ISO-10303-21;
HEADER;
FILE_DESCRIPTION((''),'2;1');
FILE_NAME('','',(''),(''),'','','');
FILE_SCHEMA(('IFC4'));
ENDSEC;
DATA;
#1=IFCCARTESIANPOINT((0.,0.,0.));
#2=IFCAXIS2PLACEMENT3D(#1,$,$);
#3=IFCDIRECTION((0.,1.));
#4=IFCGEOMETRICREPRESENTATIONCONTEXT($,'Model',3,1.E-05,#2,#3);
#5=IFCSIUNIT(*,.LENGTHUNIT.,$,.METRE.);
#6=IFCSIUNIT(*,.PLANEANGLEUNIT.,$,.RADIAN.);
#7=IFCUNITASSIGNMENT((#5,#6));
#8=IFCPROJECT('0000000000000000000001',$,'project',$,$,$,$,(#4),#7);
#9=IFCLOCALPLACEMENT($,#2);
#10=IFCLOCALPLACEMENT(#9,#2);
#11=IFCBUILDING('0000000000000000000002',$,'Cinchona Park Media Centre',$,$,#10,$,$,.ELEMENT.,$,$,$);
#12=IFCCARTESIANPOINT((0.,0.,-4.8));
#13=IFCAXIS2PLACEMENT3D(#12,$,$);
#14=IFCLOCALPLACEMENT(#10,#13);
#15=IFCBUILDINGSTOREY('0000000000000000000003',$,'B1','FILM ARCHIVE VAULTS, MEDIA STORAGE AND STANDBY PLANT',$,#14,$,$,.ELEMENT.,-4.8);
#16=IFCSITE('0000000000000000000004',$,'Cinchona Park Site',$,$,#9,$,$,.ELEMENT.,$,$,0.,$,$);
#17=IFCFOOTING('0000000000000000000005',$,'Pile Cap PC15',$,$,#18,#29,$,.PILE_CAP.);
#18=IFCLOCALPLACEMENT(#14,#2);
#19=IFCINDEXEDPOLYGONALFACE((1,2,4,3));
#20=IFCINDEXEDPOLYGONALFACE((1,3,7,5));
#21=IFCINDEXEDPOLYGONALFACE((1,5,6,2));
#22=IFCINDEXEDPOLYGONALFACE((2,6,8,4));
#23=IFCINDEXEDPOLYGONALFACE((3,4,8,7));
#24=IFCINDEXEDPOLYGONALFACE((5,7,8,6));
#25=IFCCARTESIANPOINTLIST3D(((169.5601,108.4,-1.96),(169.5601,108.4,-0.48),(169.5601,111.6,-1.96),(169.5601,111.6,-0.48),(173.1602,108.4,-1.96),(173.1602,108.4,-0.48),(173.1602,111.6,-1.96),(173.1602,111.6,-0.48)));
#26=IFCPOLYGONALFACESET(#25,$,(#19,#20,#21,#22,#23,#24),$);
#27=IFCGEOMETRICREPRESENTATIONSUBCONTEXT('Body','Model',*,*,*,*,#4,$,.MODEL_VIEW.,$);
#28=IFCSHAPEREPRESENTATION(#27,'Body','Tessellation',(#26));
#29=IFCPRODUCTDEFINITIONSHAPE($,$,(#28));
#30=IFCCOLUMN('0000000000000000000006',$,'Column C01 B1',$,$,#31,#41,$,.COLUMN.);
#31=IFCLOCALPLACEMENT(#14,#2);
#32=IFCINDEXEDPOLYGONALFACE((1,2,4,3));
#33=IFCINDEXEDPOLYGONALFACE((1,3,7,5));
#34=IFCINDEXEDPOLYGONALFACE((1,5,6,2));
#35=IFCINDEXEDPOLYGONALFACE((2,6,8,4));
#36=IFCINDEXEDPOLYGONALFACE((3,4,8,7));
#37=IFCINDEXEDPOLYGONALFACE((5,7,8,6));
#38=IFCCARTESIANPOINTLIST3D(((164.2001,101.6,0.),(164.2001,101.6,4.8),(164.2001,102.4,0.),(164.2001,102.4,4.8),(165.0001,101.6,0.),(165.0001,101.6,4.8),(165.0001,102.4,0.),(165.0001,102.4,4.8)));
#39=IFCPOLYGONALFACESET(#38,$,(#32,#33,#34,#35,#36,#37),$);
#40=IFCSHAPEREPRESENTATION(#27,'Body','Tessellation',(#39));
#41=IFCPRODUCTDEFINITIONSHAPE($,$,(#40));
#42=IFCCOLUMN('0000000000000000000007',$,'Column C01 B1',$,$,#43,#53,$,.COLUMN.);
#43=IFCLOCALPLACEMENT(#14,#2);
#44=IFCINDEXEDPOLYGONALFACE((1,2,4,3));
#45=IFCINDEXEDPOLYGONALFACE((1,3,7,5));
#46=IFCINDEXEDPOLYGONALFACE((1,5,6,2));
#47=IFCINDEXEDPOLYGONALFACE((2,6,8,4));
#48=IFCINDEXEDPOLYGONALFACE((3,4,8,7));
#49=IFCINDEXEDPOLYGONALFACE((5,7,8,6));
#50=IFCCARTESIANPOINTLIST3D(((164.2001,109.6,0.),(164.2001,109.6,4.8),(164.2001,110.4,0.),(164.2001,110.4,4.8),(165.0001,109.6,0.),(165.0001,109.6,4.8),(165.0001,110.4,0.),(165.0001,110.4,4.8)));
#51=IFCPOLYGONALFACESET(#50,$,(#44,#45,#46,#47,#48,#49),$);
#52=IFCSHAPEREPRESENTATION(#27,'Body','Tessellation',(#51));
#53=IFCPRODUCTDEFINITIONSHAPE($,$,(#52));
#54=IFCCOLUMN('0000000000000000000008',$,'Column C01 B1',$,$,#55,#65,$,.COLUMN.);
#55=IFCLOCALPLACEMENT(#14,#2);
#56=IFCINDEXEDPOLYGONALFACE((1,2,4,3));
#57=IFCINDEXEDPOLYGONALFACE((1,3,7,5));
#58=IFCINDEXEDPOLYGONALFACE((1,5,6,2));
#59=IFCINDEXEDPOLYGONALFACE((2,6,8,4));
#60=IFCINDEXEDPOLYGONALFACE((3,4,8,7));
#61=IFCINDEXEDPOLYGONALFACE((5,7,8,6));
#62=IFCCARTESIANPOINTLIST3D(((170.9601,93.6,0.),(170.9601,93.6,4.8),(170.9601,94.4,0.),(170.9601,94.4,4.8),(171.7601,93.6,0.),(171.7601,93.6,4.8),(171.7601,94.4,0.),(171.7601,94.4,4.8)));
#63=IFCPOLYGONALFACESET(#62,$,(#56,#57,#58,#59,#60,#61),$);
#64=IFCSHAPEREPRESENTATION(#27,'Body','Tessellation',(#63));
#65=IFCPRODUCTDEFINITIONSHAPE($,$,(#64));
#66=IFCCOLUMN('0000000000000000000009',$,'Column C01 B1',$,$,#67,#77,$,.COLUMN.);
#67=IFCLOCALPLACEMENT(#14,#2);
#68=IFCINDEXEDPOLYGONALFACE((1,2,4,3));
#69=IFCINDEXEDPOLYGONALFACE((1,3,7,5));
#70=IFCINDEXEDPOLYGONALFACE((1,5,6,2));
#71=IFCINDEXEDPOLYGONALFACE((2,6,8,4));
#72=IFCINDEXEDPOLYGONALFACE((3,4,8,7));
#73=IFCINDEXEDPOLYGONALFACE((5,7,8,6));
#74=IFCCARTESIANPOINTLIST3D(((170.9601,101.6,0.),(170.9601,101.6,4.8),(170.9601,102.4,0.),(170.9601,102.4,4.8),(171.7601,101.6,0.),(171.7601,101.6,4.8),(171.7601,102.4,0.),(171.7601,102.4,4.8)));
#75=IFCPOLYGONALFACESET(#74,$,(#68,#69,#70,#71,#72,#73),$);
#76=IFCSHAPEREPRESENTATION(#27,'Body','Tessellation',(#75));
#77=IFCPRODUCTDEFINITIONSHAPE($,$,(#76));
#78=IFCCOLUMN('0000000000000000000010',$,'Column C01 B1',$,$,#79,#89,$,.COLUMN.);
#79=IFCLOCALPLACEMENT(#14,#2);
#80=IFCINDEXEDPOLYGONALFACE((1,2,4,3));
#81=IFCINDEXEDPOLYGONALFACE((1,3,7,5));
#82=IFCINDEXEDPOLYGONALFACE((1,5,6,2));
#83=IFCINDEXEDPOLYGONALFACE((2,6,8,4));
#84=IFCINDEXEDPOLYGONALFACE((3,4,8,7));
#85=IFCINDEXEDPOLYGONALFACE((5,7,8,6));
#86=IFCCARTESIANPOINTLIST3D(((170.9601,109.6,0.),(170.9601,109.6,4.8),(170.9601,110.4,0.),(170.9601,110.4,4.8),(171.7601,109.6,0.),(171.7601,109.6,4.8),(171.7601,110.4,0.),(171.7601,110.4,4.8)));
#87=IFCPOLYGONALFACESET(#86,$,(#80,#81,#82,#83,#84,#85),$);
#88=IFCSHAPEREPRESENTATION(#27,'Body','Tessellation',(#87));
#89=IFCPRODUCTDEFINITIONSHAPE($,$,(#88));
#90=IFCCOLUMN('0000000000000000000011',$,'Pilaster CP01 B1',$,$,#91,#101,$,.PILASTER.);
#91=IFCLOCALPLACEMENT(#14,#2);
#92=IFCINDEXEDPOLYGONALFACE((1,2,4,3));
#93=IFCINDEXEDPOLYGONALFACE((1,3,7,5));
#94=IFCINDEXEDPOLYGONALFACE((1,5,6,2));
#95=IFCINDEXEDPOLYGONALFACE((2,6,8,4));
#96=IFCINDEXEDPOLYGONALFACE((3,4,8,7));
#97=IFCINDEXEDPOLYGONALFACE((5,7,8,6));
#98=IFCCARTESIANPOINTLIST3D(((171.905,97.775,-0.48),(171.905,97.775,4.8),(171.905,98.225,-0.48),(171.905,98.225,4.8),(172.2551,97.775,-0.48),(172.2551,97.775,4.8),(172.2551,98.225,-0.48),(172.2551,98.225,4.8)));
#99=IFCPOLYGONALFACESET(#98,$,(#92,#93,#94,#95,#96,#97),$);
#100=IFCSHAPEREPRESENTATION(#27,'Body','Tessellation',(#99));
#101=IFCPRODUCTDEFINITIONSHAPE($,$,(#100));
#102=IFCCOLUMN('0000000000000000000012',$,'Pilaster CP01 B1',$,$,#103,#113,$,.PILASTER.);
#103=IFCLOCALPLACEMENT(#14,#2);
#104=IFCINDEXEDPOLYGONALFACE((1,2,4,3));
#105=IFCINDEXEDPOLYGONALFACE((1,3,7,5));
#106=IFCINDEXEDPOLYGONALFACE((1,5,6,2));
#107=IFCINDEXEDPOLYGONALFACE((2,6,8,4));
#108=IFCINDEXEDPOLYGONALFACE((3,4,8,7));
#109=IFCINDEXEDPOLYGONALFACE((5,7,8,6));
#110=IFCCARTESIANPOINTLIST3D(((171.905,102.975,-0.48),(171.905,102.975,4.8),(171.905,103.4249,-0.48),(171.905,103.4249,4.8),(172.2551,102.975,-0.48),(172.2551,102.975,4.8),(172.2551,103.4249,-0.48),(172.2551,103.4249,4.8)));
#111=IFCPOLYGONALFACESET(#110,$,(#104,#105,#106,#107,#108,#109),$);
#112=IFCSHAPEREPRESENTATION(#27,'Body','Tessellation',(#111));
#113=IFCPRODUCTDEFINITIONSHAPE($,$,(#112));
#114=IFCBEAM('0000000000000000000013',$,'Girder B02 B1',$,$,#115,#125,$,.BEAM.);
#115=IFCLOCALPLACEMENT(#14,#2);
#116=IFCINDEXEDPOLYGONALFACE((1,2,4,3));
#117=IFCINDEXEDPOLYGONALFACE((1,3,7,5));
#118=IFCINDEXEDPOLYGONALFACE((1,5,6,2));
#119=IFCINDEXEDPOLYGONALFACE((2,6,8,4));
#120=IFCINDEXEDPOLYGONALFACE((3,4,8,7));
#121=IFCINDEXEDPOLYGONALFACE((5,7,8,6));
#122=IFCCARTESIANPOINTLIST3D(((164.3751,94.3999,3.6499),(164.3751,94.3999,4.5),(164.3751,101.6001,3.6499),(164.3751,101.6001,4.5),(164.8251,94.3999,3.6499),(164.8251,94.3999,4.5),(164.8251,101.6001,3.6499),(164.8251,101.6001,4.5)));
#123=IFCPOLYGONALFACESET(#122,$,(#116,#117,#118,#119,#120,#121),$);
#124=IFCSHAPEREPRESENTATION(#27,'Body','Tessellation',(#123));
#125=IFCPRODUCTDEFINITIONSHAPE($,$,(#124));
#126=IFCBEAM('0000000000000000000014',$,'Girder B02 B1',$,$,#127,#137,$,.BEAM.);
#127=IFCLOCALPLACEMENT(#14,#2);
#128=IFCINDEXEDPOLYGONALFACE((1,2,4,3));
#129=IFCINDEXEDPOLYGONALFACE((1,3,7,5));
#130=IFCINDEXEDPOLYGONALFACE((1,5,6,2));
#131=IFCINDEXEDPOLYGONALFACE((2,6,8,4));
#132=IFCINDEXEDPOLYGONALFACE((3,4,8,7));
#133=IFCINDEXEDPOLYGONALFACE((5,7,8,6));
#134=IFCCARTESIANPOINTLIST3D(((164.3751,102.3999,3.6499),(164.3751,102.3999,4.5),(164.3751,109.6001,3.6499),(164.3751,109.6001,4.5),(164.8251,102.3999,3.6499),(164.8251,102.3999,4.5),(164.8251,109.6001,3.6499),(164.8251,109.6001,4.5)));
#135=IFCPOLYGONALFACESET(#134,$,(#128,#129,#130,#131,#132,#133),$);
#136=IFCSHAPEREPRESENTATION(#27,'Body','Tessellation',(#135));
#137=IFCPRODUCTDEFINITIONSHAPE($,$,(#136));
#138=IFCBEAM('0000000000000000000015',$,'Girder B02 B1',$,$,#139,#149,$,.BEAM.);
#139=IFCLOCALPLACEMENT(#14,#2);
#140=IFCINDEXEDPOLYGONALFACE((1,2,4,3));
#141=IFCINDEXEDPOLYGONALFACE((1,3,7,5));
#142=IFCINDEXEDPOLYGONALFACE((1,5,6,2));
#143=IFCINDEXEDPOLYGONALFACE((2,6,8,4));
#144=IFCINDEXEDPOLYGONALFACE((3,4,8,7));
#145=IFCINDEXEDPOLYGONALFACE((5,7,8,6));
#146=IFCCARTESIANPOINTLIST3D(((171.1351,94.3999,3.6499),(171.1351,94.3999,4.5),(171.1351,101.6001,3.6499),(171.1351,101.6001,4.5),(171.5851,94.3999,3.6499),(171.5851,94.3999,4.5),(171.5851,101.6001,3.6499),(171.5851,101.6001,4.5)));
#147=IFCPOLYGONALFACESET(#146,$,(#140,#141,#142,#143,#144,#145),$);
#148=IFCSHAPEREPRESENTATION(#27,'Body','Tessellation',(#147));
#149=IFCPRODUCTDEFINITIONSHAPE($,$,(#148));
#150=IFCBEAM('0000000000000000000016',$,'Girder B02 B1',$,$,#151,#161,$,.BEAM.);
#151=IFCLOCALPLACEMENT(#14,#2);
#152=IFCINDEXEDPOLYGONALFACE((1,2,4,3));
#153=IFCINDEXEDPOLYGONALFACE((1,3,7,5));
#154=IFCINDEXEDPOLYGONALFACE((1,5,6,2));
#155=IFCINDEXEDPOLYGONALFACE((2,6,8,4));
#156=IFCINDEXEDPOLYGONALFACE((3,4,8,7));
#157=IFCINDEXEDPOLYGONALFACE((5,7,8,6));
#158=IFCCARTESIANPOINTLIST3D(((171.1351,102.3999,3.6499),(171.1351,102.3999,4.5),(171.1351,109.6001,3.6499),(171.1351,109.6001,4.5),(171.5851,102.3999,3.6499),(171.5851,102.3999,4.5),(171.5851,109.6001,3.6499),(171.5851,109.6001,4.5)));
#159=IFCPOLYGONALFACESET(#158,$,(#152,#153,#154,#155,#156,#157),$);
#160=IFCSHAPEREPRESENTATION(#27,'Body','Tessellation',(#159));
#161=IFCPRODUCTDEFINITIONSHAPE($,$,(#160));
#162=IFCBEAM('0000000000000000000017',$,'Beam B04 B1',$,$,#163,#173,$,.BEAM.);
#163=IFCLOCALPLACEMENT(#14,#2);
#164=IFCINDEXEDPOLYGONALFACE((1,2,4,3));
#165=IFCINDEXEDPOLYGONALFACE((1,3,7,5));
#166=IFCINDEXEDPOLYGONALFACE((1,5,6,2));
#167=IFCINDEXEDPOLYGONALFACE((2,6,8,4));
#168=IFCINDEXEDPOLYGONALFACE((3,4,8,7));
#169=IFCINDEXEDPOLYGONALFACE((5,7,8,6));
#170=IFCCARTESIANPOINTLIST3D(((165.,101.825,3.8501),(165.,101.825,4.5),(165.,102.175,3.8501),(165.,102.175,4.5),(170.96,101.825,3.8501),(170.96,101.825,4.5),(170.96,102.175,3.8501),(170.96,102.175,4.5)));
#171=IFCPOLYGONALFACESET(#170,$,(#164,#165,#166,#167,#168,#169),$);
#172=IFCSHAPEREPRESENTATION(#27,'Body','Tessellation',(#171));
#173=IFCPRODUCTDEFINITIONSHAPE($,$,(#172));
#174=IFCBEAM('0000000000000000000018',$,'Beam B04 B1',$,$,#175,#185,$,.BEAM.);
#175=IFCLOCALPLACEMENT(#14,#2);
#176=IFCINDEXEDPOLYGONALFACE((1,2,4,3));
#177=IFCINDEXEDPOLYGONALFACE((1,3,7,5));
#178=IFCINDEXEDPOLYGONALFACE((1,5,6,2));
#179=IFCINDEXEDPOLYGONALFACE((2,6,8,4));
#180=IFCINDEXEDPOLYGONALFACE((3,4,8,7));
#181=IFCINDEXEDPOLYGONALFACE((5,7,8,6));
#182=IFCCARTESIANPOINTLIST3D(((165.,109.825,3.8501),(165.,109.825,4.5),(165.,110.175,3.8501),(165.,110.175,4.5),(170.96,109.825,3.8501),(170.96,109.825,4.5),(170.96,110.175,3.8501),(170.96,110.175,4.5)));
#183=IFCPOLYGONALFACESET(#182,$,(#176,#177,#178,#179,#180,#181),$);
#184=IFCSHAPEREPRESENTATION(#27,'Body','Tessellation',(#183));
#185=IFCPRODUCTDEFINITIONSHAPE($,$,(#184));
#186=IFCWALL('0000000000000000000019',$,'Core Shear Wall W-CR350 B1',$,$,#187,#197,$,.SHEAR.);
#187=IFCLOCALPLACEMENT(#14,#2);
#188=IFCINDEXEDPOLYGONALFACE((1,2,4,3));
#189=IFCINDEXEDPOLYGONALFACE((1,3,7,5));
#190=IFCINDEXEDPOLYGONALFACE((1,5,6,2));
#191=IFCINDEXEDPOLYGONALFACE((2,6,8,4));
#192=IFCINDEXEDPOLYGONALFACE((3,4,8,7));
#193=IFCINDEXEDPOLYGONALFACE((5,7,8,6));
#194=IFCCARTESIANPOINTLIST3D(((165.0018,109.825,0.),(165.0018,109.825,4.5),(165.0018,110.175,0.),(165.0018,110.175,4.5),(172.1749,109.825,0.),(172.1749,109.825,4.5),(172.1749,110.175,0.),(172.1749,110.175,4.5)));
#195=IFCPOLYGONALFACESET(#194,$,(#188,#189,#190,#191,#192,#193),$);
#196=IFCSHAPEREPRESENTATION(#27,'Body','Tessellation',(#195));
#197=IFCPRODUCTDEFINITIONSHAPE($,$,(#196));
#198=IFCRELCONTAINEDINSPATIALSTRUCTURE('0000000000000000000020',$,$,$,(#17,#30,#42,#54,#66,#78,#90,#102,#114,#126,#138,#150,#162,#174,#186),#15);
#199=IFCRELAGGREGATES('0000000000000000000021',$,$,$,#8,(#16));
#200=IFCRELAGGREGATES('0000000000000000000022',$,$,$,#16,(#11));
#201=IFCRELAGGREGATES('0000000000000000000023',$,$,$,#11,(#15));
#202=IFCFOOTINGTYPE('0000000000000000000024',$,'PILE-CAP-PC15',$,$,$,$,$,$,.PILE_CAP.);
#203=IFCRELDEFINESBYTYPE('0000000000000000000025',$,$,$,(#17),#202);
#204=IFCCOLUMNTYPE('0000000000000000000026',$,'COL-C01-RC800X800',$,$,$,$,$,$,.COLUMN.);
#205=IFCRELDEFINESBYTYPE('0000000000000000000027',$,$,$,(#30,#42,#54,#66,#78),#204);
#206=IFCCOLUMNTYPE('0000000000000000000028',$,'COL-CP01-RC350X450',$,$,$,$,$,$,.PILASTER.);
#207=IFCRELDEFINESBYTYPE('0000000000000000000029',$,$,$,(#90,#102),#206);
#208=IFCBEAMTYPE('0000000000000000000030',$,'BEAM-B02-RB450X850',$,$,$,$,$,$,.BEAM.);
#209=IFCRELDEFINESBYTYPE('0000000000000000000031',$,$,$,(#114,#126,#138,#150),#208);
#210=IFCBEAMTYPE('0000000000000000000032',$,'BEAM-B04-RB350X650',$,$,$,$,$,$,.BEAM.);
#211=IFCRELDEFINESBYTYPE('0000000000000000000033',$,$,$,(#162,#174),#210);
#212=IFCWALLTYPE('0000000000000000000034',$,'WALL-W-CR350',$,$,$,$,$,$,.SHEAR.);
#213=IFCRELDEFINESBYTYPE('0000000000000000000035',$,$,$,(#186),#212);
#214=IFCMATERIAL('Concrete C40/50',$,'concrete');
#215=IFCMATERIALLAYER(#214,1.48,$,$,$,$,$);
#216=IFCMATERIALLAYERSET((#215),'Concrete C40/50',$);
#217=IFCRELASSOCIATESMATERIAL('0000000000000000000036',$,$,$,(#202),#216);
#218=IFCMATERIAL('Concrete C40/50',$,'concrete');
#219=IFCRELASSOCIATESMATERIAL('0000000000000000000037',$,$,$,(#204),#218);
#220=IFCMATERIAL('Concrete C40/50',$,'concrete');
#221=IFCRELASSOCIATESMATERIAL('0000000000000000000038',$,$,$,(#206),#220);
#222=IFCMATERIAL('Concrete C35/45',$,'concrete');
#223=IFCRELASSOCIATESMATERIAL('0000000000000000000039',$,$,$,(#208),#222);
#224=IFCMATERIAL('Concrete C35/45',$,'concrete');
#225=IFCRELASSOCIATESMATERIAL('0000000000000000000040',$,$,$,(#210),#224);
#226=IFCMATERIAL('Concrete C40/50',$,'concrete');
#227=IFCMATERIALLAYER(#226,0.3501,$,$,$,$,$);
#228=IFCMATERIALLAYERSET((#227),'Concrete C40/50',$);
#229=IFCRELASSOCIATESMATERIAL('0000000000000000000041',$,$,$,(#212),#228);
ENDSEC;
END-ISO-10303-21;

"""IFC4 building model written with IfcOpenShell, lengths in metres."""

from ifc_helpers import new_model, si_unit, direction, frame, frame_2d, origin, origin_2d, place, context, subcontext, project, spatial, rectangle, extrude, material, layer, layer_set, material_profile, profile_set, type_object, element, save


model = new_model("IFC4")

# Units and contexts
model_context = context("Model", 3, precision=1e-05, world=origin(), true_north=direction((0.0, 1.0)))
body_context = subcontext(model_context, "Body", "Model", "MODEL_VIEW")
ifc_project = project(units=[si_unit("LENGTHUNIT", "METRE"), si_unit("PLANEANGLEUNIT", "RADIAN")], contexts=[model_context])

# Site, building, storey
site_placement = place(None, origin())
site = spatial("IfcSite", under=ifc_project, at=site_placement, Name="Cinchona Park Site", CompositionType="ELEMENT", RefElevation=0.0)
building_placement = place(site_placement, origin())
building = spatial("IfcBuilding", under=site, at=building_placement, Name="Cinchona Park Media Centre", CompositionType="ELEMENT")
storey_placement = place(building_placement, frame((0.0, 0.0, -4.8)))
storey = spatial("IfcBuildingStorey", under=building, at=storey_placement, Name="B1", Description="FILM ARCHIVE VAULTS, MEDIA STORAGE AND STANDBY PLANT", CompositionType="ELEMENT", Elevation=-4.8)

# Footing
ifc_material_1 = material(Name="Concrete C40/50", Category="concrete")
ifc_layer_1 = layer(ifc_material_1, 1.48)
ifc_layer_set_1 = layer_set([ifc_layer_1], Name="Concrete C40/50")
footing_type_1 = type_object("IfcFootingType", Name="PILE-CAP-PC15", PredefinedType="PILE_CAP", material=ifc_layer_set_1)
footing_1_placement = place(storey_placement, frame((171.3601, 110.0, -1.96), z_axis=(0.0, 0.0, 1.0), x_axis=(1.0, 0.0, 0.0)))
element("IfcFooting", 1, at=footing_1_placement, inside=storey, type_object=footing_type_1, Name="Pile Cap PC15", PredefinedType="PILE_CAP", context=body_context, shape_type="SweptSolid", body=[
    extrude(rectangle(XDim=3.6001, YDim=3.2, at=origin_2d()), origin(), (0.0, 0.0, 1.0), 1.48),
])

# Columns
ifc_material_2 = material(Name="Concrete C40/50", Category="concrete")
ifc_material_profile_1 = material_profile(ifc_material_2, rectangle(XDim=0.8, YDim=0.8, at=origin_2d()), Name="RC 800X800")
ifc_profile_set_1 = profile_set([ifc_material_profile_1], Name="Concrete C40/50")
column_type_1 = type_object("IfcColumnType", Name="COL-C01-RC800X800", PredefinedType="COLUMN", material=ifc_profile_set_1)
for number, where, z_axis, x_axis, name in (
    (2, (164.6001, 102.0, 0.0), (0.0, 0.0, 1.0), (1.0, 0.0, 0.0), "Column C01 B1"),
    (3, (164.6001, 110.0, 0.0), (0.0, 0.0, 1.0), (1.0, 0.0, 0.0), "Column C01 B1"),
    (4, (171.3601, 94.0, 0.0), (0.0, 0.0, 1.0), (1.0, 0.0, 0.0), "Column C01 B1"),
    (5, (171.3601, 102.0, 0.0), (0.0, 0.0, 1.0), (1.0, 0.0, 0.0), "Column C01 B1"),
    (6, (171.3601, 110.0, 0.0), (0.0, 0.0, 1.0), (1.0, 0.0, 0.0), "Column C01 B1"),
):
    element("IfcColumn", number, at=place(storey_placement, frame(where, z_axis=z_axis, x_axis=x_axis)), inside=storey, type_object=column_type_1, Name=name, PredefinedType="COLUMN", context=body_context, shape_type="SweptSolid", body=[
        extrude(rectangle(XDim=0.8, YDim=0.8, at=origin_2d()), origin(), (0.0, 0.0, 1.0), 4.8),
    ])
ifc_material_3 = material(Name="Concrete C40/50", Category="concrete")
ifc_material_profile_2 = material_profile(ifc_material_3, rectangle(XDim=0.3501, YDim=0.45, at=origin_2d()), Name="RC 350X450")
ifc_profile_set_2 = profile_set([ifc_material_profile_2], Name="Concrete C40/50")
column_type_2 = type_object("IfcColumnType", Name="COL-CP01-RC350X450", PredefinedType="PILASTER", material=ifc_profile_set_2)
for number, where, z_axis, x_axis, name in (
    (7, (172.0801, 98.0, -0.48), (0.0, 0.0, 1.0), (1.0, 0.0, 0.0), "Pilaster CP01 B1"),
    (8, (172.0801, 103.2, -0.48), (0.0, 0.0, 1.0), (1.0, 0.0, 0.0), "Pilaster CP01 B1"),
):
    element("IfcColumn", number, at=place(storey_placement, frame(where, z_axis=z_axis, x_axis=x_axis)), inside=storey, type_object=column_type_2, Name=name, PredefinedType="PILASTER", context=body_context, shape_type="SweptSolid", body=[
        extrude(rectangle(XDim=0.3501, YDim=0.45, at=origin_2d()), origin(), (0.0, 0.0, 1.0), 5.28),
    ])

# Beams
ifc_material_4 = material(Name="Concrete C35/45", Category="concrete")
ifc_material_profile_3 = material_profile(ifc_material_4, rectangle(XDim=0.45, YDim=0.8501, at=origin_2d()), Name="RB 450X850")
ifc_profile_set_3 = profile_set([ifc_material_profile_3], Name="Concrete C35/45")
beam_type_1 = type_object("IfcBeamType", Name="BEAM-B02-RB450X850", PredefinedType="BEAM", material=ifc_profile_set_3)
for number, where, z_axis, x_axis, name in (
    (9, (164.6001, 94.3999, 4.075), (0.0, 1.0, 0.0), (-1.0, 0.0, 0.0), "Girder B02 B1"),
    (10, (164.6001, 102.3999, 4.075), (0.0, 1.0, 0.0), (-1.0, 0.0, 0.0), "Girder B02 B1"),
    (11, (171.3601, 94.3999, 4.075), (0.0, 1.0, 0.0), (-1.0, 0.0, 0.0), "Girder B02 B1"),
    (12, (171.3601, 102.3999, 4.075), (0.0, 1.0, 0.0), (-1.0, 0.0, 0.0), "Girder B02 B1"),
):
    element("IfcBeam", number, at=place(storey_placement, frame(where, z_axis=z_axis, x_axis=x_axis)), inside=storey, type_object=beam_type_1, Name=name, PredefinedType="BEAM", context=body_context, shape_type="SweptSolid", body=[
        extrude(rectangle(XDim=0.45, YDim=0.8501, at=origin_2d()), origin(), (0.0, 0.0, 1.0), 7.2002),
    ])
ifc_material_5 = material(Name="Concrete C35/45", Category="concrete")
ifc_material_profile_4 = material_profile(ifc_material_5, rectangle(XDim=0.3501, YDim=0.6499, at=origin_2d()), Name="RB 350X650")
ifc_profile_set_4 = profile_set([ifc_material_profile_4], Name="Concrete C35/45")
beam_type_2 = type_object("IfcBeamType", Name="BEAM-B04-RB350X650", PredefinedType="BEAM", material=ifc_profile_set_4)
for number, where, z_axis, x_axis, name in (
    (13, (165.0, 102.0, 4.175), (1.0, 0.0, 0.0), (0.0, 1.0, 0.0), "Beam B04 B1"),
    (14, (165.0, 110.0, 4.175), (1.0, 0.0, 0.0), (0.0, 1.0, 0.0), "Beam B04 B1"),
):
    element("IfcBeam", number, at=place(storey_placement, frame(where, z_axis=z_axis, x_axis=x_axis)), inside=storey, type_object=beam_type_2, Name=name, PredefinedType="BEAM", context=body_context, shape_type="SweptSolid", body=[
        extrude(rectangle(XDim=0.3501, YDim=0.6499, at=origin_2d()), origin(), (0.0, 0.0, 1.0), 5.96),
    ])

# Wall
ifc_material_6 = material(Name="Concrete C40/50", Category="concrete")
ifc_layer_2 = layer(ifc_material_6, 0.3501)
ifc_layer_set_2 = layer_set([ifc_layer_2], Name="Concrete C40/50")
wall_type = type_object("IfcWallType", Name="WALL-W-CR350", PredefinedType="SHEAR", material=ifc_layer_set_2)
wall_placement = place(storey_placement, frame((165.002, 110.0, 0.0), z_axis=(0.0, 0.0, 1.0), x_axis=(1.0, 0.0, 0.0)))
element("IfcWall", 15, at=wall_placement, inside=storey, type_object=wall_type, Name="Core Shear Wall W-CR350 B1", PredefinedType="SHEAR", context=body_context, shape_type="SweptSolid", body=[
    extrude(rectangle(XDim=7.1731, YDim=0.3501, at=frame_2d((3.5864, 0.0))), origin(), (0.0, 0.0, 1.0), 4.5),
])

save(model, "model.ifc")
